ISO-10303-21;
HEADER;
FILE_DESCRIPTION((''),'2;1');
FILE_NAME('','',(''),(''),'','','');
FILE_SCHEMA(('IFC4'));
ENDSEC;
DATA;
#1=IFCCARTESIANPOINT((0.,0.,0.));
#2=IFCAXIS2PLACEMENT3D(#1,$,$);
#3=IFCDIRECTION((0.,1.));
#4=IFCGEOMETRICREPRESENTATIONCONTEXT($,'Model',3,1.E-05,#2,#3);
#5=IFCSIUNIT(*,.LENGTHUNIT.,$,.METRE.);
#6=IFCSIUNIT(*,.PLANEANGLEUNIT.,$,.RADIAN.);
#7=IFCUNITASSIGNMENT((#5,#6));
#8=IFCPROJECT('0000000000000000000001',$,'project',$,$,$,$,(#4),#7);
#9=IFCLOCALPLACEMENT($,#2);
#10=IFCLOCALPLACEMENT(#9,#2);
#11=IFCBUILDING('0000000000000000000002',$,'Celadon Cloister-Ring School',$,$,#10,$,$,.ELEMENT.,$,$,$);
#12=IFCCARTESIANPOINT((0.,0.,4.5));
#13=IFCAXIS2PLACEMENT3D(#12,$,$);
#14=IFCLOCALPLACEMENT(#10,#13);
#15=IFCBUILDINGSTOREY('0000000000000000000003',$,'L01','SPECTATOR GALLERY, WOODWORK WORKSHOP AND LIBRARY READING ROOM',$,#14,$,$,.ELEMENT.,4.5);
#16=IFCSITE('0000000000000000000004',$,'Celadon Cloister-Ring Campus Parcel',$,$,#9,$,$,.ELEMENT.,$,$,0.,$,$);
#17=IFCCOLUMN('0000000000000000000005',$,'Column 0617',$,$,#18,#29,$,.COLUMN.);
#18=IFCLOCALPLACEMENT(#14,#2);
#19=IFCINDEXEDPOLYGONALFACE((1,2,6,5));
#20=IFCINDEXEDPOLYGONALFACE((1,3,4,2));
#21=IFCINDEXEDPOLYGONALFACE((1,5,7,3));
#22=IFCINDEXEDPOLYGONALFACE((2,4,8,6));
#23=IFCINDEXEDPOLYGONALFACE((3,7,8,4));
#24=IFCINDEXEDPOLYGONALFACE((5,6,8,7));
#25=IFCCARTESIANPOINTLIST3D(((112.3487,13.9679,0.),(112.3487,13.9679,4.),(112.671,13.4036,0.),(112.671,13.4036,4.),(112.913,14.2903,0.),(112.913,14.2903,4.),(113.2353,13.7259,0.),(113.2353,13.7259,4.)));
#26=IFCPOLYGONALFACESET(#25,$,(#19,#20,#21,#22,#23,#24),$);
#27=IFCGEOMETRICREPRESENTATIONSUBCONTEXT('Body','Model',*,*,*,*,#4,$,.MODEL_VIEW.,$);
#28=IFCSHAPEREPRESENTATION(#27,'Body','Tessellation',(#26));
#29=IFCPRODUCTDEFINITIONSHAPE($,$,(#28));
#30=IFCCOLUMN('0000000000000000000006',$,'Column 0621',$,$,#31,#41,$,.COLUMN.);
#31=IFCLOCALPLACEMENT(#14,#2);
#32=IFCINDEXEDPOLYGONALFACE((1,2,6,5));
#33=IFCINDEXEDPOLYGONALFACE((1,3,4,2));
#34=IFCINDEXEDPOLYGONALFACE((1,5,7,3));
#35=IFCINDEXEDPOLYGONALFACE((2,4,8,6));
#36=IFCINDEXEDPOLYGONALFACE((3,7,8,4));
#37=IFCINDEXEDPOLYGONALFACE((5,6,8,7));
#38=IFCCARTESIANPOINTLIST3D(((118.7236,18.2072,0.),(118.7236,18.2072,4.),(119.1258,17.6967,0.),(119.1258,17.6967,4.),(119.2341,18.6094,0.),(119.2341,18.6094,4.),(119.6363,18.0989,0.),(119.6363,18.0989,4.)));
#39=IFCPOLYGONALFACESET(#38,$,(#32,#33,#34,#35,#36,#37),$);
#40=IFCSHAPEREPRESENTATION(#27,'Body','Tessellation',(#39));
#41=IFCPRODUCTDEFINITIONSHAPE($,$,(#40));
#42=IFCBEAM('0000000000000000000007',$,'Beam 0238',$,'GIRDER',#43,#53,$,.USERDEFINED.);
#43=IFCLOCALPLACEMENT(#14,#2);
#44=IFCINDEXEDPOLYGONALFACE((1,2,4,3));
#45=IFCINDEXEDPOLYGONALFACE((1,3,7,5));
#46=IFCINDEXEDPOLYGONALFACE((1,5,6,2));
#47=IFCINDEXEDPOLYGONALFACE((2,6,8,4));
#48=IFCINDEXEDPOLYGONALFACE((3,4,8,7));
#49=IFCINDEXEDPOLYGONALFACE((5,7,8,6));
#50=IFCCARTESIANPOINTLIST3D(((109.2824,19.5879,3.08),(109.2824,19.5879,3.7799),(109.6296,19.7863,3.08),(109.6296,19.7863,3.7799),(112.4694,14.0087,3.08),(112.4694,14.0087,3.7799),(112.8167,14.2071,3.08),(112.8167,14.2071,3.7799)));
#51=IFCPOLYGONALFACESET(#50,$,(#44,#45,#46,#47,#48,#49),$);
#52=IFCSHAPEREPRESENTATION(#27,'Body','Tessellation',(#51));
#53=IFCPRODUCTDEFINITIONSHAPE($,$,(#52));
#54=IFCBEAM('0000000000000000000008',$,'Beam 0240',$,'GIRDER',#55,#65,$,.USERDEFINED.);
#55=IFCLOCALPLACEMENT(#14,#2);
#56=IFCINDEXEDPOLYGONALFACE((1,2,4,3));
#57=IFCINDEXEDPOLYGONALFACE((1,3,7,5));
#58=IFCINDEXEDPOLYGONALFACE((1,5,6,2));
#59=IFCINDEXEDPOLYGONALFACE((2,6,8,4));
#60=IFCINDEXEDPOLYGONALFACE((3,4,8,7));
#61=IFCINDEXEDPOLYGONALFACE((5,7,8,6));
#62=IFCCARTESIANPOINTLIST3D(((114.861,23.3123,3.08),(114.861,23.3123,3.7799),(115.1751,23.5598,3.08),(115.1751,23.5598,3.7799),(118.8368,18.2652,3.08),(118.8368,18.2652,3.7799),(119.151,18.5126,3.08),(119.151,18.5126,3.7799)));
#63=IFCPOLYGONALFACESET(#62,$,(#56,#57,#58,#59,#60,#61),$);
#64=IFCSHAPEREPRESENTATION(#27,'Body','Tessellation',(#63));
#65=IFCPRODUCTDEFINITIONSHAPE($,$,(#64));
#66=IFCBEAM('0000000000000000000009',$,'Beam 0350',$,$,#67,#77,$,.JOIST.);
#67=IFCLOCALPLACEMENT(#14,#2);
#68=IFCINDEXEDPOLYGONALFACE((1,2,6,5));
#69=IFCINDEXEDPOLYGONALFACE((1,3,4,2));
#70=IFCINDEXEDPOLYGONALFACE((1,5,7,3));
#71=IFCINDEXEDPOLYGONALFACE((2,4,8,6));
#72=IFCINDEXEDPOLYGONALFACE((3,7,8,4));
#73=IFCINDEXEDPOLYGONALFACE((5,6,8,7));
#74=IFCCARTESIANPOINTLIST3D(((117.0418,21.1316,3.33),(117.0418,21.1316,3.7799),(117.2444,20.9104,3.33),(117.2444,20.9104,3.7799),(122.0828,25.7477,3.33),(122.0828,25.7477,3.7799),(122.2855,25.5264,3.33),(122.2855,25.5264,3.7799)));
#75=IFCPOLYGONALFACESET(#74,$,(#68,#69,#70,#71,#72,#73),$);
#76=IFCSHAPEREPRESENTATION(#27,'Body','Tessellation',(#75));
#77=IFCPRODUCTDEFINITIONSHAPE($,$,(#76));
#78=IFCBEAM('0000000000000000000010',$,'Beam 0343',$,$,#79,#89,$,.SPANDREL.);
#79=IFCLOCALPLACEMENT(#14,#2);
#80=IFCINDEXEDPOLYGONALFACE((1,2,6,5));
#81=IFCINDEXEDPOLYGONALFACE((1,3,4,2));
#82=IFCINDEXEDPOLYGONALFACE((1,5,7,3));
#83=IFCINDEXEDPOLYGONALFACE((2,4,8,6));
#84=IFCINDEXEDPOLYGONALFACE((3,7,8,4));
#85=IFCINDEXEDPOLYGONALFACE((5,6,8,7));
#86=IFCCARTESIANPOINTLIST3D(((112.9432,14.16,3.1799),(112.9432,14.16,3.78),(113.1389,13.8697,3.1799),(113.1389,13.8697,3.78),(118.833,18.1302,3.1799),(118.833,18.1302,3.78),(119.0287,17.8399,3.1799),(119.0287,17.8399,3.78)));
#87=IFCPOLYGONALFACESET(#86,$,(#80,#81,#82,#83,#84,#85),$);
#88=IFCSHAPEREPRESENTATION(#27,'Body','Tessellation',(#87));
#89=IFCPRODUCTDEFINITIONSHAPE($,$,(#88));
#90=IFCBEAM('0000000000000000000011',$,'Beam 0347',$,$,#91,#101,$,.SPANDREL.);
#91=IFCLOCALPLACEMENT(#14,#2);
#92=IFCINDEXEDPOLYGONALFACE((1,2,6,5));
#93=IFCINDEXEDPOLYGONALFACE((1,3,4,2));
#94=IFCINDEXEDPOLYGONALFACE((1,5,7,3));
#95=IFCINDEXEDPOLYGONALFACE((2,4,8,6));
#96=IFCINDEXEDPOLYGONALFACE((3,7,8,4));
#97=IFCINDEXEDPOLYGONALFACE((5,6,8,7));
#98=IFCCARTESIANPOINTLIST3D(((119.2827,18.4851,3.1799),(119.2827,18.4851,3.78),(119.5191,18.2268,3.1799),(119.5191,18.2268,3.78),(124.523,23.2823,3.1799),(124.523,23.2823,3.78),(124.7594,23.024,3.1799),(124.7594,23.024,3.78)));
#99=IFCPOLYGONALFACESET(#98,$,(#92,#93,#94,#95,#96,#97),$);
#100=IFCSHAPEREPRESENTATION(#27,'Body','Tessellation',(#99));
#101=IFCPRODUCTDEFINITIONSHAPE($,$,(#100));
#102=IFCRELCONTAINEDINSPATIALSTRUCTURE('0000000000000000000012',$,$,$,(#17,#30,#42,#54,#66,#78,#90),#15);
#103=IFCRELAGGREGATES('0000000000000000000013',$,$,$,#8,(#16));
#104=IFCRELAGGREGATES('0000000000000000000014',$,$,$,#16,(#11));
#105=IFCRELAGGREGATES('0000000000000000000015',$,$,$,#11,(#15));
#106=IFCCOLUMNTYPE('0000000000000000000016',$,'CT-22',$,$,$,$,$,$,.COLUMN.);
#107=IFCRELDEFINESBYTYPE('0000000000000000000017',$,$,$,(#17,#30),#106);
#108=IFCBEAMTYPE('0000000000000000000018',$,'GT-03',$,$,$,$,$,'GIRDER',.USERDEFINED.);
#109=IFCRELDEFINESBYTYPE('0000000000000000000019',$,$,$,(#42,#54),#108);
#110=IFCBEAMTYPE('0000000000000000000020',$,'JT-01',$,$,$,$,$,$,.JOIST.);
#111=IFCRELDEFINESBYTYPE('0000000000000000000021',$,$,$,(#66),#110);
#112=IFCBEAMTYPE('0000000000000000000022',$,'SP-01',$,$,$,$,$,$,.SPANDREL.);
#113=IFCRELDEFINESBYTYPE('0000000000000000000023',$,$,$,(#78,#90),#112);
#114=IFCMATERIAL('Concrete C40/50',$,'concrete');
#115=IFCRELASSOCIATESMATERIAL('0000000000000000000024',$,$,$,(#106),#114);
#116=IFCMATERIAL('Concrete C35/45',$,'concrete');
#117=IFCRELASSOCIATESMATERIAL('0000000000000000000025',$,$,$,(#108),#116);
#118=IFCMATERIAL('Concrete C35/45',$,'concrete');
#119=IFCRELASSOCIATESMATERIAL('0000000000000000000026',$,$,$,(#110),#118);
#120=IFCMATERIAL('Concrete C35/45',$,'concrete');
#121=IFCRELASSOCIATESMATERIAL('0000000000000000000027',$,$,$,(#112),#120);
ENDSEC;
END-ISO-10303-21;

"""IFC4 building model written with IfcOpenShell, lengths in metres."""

from ifc_helpers import new_model, si_unit, direction, frame, origin, origin_2d, place, context, subcontext, project, spatial, rectangle, extrude, material, material_profile, profile_set, type_object, element, save


model = new_model("IFC4")

# Units and contexts
model_context = context("Model", 3, precision=1e-05, world=origin(), true_north=direction((0.0, 1.0)))
body_context = subcontext(model_context, "Body", "Model", "MODEL_VIEW")
ifc_project = project(units=[si_unit("LENGTHUNIT", "METRE"), si_unit("PLANEANGLEUNIT", "RADIAN")], contexts=[model_context])

# Site, building, storey
site_placement = place(None, origin())
site = spatial("IfcSite", under=ifc_project, at=site_placement, Name="Celadon Cloister-Ring Campus Parcel", CompositionType="ELEMENT", RefElevation=0.0)
building_placement = place(site_placement, origin())
building = spatial("IfcBuilding", under=site, at=building_placement, Name="Celadon Cloister-Ring School", CompositionType="ELEMENT")
storey_placement = place(building_placement, frame((0.0, 0.0, 4.5)))
storey = spatial("IfcBuildingStorey", under=building, at=storey_placement, Name="L01", Description="SPECTATOR GALLERY, WOODWORK WORKSHOP AND LIBRARY READING ROOM", CompositionType="ELEMENT", Elevation=4.5)

# Columns
ifc_material_1 = material(Name="Concrete C40/50", Category="concrete")
ifc_material_profile_1 = material_profile(ifc_material_1, rectangle(XDim=0.6499, YDim=0.6499, at=origin_2d()), Name="RC650X650")
ifc_profile_set_1 = profile_set([ifc_material_profile_1], Name="Concrete C40/50")
column_type = type_object("IfcColumnType", Name="CT-22", PredefinedType="COLUMN", material=ifc_profile_set_1)
for number, where, z_axis, x_axis, name in (
    (1, (112.792, 13.8469, 0.0), (0.0, 0.0, 1.0), (0.496004, -0.86832, 0.0), "Column 0617"),
    (2, (119.1799, 18.1531, 0.0), (0.0, 0.0, 1.0), (0.618847, -0.785511, 0.0), "Column 0621"),
):
    element("IfcColumn", number, at=place(storey_placement, frame(where, z_axis=z_axis, x_axis=x_axis)), inside=storey, type_object=column_type, Name=name, PredefinedType="COLUMN", context=body_context, shape_type="SweptSolid", body=[
        extrude(rectangle(XDim=0.6499, YDim=0.6499, at=origin_2d()), origin(), (0.0, 0.0, 1.0), 4.0),
    ])

# Beams
ifc_material_2 = material(Name="Concrete C35/45", Category="concrete")
ifc_material_profile_2 = material_profile(ifc_material_2, rectangle(XDim=0.3999, YDim=0.7, at=origin_2d()), Name="RC400X700")
ifc_profile_set_2 = profile_set([ifc_material_profile_2], Name="Concrete C35/45")
beam_type_1 = type_object("IfcBeamType", Name="GT-03", ElementType="GIRDER", PredefinedType="USERDEFINED", material=ifc_profile_set_2)
beam_1_placement = place(storey_placement, frame((112.6431, 14.1079, 3.4299), z_axis=(-0.496016, 0.868313, 0.0), x_axis=(-0.868313, -0.496016, 0.0)))
element("IfcBeam", 3, at=beam_1_placement, inside=storey, type_object=beam_type_1, Name="Beam 0238", ObjectType="GIRDER", PredefinedType="USERDEFINED", context=body_context, shape_type="SweptSolid", body=[
    extrude(rectangle(XDim=0.3999, YDim=0.7, at=origin_2d()), origin(), (0.0, 0.0, 1.0), 6.4253),
])
beam_2_placement = place(storey_placement, frame((118.9939, 18.3889, 3.4299), z_axis=(-0.618806, 0.785544, 0.0), x_axis=(-0.785544, -0.618806, 0.0)))
element("IfcBeam", 4, at=beam_2_placement, inside=storey, type_object=beam_type_1, Name="Beam 0240", ObjectType="GIRDER", PredefinedType="USERDEFINED", context=body_context, shape_type="SweptSolid", body=[
    extrude(rectangle(XDim=0.3999, YDim=0.7, at=origin_2d()), origin(), (0.0, 0.0, 1.0), 6.425),
])
ifc_material_3 = material(Name="Concrete C35/45", Category="concrete")
ifc_material_profile_3 = material_profile(ifc_material_3, rectangle(XDim=0.3, YDim=0.45, at=origin_2d()), Name="RC300X450")
ifc_profile_set_3 = profile_set([ifc_material_profile_3], Name="Concrete C35/45")
beam_type_2 = type_object("IfcBeamType", Name="JT-01", PredefinedType="JOIST", material=ifc_profile_set_3)
beam_3_placement = place(storey_placement, frame((117.1431, 21.021, 3.5549), z_axis=(0.737516, 0.67533, 0.0), x_axis=(-0.67533, 0.737516, 0.0)))
element("IfcBeam", 5, at=beam_3_placement, inside=storey, type_object=beam_type_2, Name="Beam 0350", PredefinedType="JOIST", context=body_context, shape_type="SweptSolid", body=[
    extrude(rectangle(XDim=0.3, YDim=0.45, at=origin_2d()), origin(), (0.0, 0.0, 1.0), 6.8352),
])
ifc_material_4 = material(Name="Concrete C35/45", Category="concrete")
ifc_material_profile_4 = material_profile(ifc_material_4, rectangle(XDim=0.3501, YDim=0.6001, at=origin_2d()), Name="RC350X600")
ifc_profile_set_4 = profile_set([ifc_material_profile_4], Name="Concrete C35/45")
beam_type_3 = type_object("IfcBeamType", Name="SP-01", PredefinedType="SPANDREL", material=ifc_profile_set_4)
beam_4_placement = place(storey_placement, frame((113.041, 14.0149, 3.48), z_axis=(0.829205, 0.558944, 0.0), x_axis=(-0.558944, 0.829205, 0.0)))
element("IfcBeam", 6, at=beam_4_placement, inside=storey, type_object=beam_type_3, Name="Beam 0343", PredefinedType="SPANDREL", context=body_context, shape_type="SweptSolid", body=[
    extrude(rectangle(XDim=0.3501, YDim=0.6001, at=origin_2d()), origin(), (0.0, 0.0, 1.0), 7.103),
])
beam_5_placement = place(storey_placement, frame((119.4009, 18.356, 3.48), z_axis=(0.737605, 0.675233, 0.0), x_axis=(-0.675233, 0.737605, 0.0)))
element("IfcBeam", 7, at=beam_5_placement, inside=storey, type_object=beam_type_3, Name="Beam 0347", PredefinedType="SPANDREL", context=body_context, shape_type="SweptSolid", body=[
    extrude(rectangle(XDim=0.3501, YDim=0.6001, at=origin_2d()), origin(), (0.0, 0.0, 1.0), 7.1045),
])

save(model, "model.ifc")
